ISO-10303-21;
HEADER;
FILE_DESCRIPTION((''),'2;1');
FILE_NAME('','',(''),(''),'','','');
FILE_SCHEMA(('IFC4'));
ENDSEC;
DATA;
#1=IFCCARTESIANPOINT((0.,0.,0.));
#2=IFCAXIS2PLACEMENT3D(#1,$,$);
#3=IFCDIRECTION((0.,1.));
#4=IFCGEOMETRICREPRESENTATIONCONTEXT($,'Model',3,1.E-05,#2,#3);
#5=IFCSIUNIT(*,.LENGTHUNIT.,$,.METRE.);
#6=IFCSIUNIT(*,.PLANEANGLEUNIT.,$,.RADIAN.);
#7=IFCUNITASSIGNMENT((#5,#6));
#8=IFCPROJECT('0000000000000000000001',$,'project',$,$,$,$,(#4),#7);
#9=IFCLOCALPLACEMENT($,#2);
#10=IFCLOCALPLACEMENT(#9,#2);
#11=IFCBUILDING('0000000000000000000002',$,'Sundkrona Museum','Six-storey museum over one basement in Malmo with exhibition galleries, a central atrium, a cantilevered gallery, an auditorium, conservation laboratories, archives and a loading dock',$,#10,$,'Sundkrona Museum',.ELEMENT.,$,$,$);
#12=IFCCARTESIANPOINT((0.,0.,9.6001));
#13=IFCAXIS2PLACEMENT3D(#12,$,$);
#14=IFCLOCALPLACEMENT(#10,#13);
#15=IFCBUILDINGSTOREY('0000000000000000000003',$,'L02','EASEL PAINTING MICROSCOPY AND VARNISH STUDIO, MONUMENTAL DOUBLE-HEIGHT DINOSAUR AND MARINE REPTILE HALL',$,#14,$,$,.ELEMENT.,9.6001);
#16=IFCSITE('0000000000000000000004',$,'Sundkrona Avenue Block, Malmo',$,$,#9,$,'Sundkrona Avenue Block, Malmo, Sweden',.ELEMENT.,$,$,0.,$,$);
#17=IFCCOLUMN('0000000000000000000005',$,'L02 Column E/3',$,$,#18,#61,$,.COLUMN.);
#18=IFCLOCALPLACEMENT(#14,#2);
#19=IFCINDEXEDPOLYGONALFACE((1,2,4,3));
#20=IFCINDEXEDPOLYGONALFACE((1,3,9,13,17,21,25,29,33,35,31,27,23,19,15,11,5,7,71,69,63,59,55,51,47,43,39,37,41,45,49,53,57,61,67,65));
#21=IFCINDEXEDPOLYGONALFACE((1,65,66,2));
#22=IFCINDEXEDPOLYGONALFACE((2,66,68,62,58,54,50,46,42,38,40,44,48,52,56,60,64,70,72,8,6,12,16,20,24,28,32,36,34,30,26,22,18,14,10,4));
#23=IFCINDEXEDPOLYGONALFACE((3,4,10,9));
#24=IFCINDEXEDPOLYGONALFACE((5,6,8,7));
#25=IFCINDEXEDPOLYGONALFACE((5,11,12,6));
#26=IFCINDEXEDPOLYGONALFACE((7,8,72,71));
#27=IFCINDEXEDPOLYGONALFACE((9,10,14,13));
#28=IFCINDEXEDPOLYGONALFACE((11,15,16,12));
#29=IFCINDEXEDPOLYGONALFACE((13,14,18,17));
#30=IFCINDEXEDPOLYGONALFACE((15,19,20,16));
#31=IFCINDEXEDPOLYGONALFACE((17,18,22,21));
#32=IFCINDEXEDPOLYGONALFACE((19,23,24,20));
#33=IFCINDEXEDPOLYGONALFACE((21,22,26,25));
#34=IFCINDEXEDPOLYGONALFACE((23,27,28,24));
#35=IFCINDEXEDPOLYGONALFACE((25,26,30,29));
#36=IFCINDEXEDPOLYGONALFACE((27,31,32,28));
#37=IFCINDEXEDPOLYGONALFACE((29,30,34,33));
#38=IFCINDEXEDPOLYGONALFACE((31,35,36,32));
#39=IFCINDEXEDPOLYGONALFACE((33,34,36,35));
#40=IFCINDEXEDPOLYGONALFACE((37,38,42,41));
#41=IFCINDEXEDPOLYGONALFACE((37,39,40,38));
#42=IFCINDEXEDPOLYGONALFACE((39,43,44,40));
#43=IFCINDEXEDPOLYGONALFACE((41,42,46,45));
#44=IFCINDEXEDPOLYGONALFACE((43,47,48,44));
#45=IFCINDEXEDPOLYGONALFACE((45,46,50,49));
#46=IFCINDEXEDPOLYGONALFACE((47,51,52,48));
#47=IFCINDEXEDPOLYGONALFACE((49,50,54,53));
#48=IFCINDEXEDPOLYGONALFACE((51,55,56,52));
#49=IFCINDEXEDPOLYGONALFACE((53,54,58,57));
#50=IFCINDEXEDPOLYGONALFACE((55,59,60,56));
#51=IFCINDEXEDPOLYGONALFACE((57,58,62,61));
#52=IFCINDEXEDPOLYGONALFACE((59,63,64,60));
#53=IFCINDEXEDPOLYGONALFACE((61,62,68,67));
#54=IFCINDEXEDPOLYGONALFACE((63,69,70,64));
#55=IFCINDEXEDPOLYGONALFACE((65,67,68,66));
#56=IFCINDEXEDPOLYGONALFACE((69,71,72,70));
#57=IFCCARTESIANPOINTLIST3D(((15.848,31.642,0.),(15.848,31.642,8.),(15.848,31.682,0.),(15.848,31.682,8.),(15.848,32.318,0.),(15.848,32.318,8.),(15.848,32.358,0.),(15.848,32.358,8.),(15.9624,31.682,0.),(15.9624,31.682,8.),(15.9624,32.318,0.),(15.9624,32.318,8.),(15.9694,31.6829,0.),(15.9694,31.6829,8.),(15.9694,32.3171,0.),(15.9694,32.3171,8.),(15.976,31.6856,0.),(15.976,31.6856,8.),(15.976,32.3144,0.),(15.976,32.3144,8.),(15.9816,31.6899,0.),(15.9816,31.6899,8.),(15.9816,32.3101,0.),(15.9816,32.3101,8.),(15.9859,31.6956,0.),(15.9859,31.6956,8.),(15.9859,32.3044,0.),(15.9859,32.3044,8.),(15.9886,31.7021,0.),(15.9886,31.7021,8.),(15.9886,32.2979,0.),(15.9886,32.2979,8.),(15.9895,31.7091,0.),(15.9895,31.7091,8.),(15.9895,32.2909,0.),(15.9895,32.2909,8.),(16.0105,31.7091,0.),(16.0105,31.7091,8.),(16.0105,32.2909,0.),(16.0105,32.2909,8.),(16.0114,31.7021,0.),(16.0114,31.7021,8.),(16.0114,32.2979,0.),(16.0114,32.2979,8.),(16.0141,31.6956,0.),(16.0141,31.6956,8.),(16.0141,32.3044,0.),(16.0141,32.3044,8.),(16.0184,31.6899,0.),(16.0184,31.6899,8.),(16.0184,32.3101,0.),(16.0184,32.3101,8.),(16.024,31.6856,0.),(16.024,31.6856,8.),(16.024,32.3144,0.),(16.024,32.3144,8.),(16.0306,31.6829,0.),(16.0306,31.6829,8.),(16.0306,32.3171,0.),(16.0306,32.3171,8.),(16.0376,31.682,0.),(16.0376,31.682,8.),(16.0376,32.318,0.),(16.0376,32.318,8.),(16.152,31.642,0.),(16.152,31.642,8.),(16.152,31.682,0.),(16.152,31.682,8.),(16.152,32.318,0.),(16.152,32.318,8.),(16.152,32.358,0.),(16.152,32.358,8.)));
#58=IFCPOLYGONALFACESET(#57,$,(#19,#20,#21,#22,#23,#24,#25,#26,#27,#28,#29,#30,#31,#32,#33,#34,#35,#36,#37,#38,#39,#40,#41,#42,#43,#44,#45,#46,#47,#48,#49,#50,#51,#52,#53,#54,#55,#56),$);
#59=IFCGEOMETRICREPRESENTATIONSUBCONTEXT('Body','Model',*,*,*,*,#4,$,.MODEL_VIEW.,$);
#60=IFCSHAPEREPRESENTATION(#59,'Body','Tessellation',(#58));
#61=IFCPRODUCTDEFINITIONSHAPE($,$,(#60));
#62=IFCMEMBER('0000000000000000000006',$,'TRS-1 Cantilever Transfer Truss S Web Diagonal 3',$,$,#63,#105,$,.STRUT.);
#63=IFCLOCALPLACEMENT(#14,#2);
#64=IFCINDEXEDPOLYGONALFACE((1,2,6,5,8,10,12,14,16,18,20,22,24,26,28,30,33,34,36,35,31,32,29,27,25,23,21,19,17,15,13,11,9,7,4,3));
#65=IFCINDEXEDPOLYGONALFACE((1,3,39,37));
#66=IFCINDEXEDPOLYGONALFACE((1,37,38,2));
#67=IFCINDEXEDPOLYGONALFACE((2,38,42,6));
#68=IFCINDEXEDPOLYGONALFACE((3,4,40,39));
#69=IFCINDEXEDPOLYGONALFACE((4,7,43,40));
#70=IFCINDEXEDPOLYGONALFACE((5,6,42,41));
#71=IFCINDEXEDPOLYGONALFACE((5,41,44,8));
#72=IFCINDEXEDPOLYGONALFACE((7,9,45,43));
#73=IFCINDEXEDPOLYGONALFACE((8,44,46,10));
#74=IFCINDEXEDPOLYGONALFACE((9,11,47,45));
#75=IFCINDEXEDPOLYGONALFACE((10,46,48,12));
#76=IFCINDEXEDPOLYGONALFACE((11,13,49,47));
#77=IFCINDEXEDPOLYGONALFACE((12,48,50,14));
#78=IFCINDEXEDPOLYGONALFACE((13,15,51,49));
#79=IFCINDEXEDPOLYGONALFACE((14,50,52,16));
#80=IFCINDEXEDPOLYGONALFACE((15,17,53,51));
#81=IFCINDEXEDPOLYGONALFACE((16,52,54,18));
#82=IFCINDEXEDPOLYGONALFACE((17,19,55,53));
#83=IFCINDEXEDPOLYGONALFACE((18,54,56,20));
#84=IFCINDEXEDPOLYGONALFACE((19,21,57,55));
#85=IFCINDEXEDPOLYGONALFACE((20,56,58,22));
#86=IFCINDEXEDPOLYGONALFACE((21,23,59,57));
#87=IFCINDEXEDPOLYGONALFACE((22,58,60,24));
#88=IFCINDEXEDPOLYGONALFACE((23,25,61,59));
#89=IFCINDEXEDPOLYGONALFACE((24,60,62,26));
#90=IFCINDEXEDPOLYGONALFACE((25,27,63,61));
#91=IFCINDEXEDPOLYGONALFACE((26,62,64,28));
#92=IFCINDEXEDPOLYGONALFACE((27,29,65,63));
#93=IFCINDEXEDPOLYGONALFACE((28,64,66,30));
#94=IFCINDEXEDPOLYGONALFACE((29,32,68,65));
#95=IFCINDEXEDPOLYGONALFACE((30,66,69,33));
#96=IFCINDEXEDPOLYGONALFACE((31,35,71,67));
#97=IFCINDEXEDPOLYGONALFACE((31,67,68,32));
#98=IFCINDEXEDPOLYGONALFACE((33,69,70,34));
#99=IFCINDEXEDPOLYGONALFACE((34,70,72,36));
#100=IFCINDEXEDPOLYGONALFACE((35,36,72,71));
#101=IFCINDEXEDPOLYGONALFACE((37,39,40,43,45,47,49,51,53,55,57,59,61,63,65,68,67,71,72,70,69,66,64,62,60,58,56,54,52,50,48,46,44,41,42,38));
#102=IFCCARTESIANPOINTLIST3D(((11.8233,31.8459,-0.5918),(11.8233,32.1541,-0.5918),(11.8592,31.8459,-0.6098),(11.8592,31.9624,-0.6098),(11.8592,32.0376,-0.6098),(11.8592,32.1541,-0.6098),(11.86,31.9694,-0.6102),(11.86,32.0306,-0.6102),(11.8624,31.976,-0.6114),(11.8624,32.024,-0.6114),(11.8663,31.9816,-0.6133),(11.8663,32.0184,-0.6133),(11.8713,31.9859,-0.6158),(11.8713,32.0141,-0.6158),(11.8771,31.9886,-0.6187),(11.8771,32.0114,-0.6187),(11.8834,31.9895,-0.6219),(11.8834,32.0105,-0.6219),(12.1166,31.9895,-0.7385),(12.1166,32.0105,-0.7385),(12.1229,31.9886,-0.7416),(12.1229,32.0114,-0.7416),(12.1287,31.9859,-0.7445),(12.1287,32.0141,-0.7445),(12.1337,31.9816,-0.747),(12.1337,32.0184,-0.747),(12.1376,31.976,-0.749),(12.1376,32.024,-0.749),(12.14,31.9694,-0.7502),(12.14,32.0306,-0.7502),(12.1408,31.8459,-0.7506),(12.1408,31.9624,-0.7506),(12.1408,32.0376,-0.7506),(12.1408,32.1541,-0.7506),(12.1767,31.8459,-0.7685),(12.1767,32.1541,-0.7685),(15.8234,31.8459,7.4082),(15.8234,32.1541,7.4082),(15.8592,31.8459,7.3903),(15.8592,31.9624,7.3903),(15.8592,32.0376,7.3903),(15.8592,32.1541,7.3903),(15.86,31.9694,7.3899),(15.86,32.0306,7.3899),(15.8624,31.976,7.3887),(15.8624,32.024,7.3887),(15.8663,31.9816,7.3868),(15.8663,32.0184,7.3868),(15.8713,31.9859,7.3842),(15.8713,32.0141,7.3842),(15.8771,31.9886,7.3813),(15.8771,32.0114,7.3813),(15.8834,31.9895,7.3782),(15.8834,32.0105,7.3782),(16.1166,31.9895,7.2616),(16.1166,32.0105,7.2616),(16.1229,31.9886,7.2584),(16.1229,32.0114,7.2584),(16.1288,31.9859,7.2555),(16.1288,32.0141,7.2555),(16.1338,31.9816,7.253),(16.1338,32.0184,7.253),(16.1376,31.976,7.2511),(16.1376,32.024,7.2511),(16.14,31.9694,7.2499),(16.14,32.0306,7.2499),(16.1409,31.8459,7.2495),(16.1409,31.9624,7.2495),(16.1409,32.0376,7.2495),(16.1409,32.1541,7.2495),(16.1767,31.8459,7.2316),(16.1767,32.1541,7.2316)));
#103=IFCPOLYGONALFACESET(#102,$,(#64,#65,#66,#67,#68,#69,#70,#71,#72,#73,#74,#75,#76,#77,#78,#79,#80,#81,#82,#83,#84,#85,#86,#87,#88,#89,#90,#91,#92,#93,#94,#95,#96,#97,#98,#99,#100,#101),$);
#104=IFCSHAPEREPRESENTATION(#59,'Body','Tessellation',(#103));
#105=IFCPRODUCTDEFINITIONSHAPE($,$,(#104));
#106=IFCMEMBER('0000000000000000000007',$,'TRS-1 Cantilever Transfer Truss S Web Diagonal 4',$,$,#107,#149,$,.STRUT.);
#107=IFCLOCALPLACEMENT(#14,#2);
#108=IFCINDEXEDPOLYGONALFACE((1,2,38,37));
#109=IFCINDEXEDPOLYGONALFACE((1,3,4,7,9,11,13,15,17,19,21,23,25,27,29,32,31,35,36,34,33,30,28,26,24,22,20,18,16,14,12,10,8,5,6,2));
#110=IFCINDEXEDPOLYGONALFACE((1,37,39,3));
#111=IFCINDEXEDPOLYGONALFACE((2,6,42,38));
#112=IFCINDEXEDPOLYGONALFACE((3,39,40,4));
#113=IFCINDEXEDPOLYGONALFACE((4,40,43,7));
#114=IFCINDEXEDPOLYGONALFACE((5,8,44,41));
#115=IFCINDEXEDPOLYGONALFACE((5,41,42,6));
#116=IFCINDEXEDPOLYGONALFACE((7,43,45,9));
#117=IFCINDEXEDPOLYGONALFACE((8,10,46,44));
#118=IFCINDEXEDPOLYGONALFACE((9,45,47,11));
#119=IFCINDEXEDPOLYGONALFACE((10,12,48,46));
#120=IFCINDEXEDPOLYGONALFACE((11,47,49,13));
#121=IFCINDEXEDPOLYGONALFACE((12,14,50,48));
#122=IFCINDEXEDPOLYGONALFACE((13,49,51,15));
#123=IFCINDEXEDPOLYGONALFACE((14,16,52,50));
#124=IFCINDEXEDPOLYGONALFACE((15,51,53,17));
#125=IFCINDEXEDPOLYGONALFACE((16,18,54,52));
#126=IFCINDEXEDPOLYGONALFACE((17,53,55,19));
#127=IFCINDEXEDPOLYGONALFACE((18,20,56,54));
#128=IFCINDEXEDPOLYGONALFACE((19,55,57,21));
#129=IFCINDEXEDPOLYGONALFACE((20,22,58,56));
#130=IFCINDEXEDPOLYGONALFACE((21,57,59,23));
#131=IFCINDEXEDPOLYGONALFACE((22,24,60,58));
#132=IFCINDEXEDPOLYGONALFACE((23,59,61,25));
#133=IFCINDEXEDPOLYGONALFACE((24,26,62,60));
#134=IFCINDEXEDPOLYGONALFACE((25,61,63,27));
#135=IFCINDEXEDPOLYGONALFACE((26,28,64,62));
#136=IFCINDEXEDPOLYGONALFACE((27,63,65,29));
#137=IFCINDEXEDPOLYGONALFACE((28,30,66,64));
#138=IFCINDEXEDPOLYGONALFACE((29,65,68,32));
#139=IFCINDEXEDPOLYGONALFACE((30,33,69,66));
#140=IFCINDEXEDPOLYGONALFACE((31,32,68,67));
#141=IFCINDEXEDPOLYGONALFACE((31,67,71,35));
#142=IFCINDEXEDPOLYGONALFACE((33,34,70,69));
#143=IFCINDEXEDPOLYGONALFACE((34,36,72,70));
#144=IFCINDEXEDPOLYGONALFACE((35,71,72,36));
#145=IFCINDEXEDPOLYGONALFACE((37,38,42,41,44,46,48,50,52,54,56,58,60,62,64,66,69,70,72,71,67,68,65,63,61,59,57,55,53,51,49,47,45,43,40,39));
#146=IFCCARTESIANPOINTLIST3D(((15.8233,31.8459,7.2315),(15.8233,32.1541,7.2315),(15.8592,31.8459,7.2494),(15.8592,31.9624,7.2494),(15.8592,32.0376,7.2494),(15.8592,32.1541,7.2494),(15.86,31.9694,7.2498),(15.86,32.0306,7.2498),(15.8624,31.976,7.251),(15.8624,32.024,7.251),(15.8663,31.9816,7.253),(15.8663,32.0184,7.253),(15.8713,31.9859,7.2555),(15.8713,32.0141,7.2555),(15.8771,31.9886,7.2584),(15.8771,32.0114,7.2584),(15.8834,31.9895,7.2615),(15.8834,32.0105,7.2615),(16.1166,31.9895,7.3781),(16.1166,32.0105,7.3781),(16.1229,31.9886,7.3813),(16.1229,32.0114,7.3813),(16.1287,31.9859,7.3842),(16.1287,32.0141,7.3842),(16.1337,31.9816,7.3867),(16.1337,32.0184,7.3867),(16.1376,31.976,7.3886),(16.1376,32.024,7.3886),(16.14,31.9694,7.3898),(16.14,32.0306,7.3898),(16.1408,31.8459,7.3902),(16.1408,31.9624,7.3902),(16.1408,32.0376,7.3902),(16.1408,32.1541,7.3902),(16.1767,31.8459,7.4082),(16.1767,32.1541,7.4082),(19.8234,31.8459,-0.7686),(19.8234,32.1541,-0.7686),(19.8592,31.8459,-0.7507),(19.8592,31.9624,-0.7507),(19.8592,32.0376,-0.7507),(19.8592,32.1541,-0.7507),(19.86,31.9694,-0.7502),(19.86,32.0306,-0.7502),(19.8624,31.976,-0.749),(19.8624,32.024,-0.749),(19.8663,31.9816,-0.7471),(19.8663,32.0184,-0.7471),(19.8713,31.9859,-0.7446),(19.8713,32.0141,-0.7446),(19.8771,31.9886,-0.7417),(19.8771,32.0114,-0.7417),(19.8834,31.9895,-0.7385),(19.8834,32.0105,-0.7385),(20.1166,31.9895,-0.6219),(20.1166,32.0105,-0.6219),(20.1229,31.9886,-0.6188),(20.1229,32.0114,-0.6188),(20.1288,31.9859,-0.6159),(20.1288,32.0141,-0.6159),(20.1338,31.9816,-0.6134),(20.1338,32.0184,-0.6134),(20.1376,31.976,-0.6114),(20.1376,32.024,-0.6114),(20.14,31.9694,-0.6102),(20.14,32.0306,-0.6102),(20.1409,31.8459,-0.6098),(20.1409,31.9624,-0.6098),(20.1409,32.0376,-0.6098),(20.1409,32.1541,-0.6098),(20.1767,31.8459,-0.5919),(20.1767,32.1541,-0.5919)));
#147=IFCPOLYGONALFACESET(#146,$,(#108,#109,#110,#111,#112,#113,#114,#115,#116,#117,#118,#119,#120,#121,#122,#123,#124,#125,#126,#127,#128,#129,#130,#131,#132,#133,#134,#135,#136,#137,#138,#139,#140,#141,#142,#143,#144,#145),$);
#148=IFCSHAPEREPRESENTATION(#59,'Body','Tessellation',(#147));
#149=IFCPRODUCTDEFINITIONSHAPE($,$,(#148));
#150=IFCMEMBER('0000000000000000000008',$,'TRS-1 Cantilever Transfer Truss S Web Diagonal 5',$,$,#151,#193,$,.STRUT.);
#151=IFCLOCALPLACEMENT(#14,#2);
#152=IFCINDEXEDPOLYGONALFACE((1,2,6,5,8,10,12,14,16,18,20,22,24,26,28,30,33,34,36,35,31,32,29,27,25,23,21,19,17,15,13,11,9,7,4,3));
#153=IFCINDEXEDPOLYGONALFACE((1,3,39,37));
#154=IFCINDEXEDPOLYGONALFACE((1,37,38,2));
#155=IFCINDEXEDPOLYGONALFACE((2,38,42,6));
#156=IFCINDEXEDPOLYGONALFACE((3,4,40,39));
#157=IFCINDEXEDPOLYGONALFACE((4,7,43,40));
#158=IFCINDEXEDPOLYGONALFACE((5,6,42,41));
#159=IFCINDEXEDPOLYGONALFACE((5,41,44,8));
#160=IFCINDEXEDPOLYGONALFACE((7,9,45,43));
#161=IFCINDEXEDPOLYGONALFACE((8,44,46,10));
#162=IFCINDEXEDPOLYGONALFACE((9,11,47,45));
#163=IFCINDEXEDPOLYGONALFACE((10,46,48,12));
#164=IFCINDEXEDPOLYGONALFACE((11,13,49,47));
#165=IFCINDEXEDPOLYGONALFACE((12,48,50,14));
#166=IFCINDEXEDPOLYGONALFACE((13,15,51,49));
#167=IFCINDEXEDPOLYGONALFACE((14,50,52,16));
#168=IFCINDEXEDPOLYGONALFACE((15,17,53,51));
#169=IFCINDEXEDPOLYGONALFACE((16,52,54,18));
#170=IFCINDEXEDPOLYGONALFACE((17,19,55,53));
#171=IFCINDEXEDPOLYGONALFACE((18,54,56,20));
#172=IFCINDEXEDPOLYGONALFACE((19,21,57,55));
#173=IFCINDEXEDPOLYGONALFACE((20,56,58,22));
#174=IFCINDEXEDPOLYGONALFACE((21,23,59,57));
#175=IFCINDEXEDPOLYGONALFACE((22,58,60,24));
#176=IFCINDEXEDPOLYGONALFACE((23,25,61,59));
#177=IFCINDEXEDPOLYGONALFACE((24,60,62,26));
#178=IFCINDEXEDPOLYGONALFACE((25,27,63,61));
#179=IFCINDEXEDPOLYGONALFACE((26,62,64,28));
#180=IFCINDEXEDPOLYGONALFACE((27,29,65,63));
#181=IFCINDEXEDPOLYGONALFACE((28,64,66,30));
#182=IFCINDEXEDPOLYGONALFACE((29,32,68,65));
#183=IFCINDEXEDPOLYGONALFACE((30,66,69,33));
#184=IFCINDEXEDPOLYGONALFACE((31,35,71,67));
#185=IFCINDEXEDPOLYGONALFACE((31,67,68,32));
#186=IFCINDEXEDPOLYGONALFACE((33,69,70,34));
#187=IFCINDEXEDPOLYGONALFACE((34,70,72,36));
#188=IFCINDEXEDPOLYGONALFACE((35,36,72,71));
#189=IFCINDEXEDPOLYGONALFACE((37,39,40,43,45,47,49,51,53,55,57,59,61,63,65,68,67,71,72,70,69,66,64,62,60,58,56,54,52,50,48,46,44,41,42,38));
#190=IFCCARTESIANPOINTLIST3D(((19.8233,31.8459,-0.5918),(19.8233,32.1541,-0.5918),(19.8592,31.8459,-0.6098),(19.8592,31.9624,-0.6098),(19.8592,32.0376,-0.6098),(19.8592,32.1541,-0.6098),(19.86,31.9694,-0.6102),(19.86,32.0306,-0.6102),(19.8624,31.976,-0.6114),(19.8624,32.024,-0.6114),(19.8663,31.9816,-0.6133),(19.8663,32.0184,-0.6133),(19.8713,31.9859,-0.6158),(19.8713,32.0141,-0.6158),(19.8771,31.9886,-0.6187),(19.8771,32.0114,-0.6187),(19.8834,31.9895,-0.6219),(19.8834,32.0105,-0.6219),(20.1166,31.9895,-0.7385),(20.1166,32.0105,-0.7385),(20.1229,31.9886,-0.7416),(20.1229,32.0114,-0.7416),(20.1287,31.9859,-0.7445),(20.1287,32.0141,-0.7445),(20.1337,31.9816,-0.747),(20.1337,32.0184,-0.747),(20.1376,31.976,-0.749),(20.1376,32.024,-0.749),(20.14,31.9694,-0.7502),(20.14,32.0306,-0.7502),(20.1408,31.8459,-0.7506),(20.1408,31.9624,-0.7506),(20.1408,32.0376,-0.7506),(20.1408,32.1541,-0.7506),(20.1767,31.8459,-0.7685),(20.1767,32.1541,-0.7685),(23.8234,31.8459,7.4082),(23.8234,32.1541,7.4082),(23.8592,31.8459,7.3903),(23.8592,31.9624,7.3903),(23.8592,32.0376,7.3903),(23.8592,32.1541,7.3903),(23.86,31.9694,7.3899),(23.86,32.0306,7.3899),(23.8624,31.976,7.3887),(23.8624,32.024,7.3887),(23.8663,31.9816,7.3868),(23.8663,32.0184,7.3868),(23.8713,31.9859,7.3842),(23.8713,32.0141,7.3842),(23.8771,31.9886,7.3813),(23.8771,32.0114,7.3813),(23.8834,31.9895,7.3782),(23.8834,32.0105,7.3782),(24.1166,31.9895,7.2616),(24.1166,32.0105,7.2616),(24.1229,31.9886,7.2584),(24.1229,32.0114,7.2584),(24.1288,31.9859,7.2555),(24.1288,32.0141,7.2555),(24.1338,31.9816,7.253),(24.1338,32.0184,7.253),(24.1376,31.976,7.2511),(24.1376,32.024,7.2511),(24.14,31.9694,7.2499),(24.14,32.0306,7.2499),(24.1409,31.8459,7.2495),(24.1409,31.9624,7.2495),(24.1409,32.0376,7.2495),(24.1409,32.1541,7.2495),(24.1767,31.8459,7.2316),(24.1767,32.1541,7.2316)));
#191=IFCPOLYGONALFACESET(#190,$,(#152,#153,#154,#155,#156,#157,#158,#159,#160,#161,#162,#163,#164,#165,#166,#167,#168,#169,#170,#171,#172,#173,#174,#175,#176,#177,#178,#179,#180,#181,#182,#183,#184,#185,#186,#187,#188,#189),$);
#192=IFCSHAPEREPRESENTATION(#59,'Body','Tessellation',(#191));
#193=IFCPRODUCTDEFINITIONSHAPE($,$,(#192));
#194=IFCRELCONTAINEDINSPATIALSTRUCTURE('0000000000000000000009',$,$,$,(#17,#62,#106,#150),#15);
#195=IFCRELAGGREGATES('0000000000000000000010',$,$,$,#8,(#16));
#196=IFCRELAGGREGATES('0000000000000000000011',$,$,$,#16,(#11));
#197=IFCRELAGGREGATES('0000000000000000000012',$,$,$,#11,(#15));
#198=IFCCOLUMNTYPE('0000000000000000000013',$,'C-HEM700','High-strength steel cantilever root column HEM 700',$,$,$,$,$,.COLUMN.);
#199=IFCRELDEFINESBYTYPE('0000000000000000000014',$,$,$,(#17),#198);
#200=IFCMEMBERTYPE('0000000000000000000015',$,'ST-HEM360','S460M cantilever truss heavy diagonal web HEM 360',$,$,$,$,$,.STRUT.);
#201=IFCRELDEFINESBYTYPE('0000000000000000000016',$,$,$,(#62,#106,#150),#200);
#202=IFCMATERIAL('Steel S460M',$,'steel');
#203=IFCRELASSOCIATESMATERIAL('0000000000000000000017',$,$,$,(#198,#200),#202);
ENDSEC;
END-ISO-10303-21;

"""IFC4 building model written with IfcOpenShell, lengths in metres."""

from ifc_helpers import new_model, si_unit, direction, frame, origin, origin_2d, place, context, subcontext, project, spatial, i_section, extrude, material, material_profile, profile_set, type_object, element, save


model = new_model("IFC4")

# Units and contexts
model_context = context("Model", 3, precision=1e-05, world=origin(), true_north=direction((0.0, 1.0)))
body_context = subcontext(model_context, "Body", "Model", "MODEL_VIEW")
ifc_project = project(units=[si_unit("LENGTHUNIT", "METRE"), si_unit("PLANEANGLEUNIT", "RADIAN")], contexts=[model_context])

# Site, building, storey
site_placement = place(None, origin())
site = spatial("IfcSite", under=ifc_project, at=site_placement, Name="Sundkrona Avenue Block, Malmo", LongName="Sundkrona Avenue Block, Malmo, Sweden", CompositionType="ELEMENT", RefElevation=0.0)
building_placement = place(site_placement, origin())
building = spatial("IfcBuilding", under=site, at=building_placement, Name="Sundkrona Museum", Description="Six-storey museum over one basement in Malmo with exhibition galleries, a central atrium, a cantilevered gallery, an auditorium, conservation laboratories, archives and a loading dock", LongName="Sundkrona Museum", CompositionType="ELEMENT")
storey_placement = place(building_placement, frame((0.0, 0.0, 9.6001)))
storey = spatial("IfcBuildingStorey", under=building, at=storey_placement, Name="L02", Description="EASEL PAINTING MICROSCOPY AND VARNISH STUDIO, MONUMENTAL DOUBLE-HEIGHT DINOSAUR AND MARINE REPTILE HALL", CompositionType="ELEMENT", Elevation=9.6001)

# Column
ifc_material_1 = material(Name="Steel S460M", Category="steel")
ifc_material_profile_1 = material_profile(ifc_material_1, i_section(OverallWidth=0.304, OverallDepth=0.7161, WebThickness=0.021, FlangeThickness=0.04, FilletRadius=0.0271, at=origin_2d()), Name="HEM 700")
ifc_profile_set_1 = profile_set([ifc_material_profile_1], Name="Steel S460M")
column_type = type_object("IfcColumnType", Name="C-HEM700", Description="High-strength steel cantilever root column HEM 700", PredefinedType="COLUMN", material=ifc_profile_set_1)
column_placement = place(storey_placement, frame((16.0, 32.0, 0.0), z_axis=(0.0, 0.0, 1.0), x_axis=(1.0, 0.0, 0.0)))
element("IfcColumn", 1, at=column_placement, inside=storey, type_object=column_type, Name="L02 Column E/3", PredefinedType="COLUMN", context=body_context, shape_type="SweptSolid", body=[
    extrude(i_section(OverallWidth=0.304, OverallDepth=0.7161, WebThickness=0.021, FlangeThickness=0.04, FilletRadius=0.0271, at=origin_2d()), origin(), (0.0, 0.0, 1.0), 8.0),
])

# Members
ifc_material_profile_2 = material_profile(ifc_material_1, i_section(OverallWidth=0.3081, OverallDepth=0.395, WebThickness=0.021, FlangeThickness=0.04, FilletRadius=0.0271, at=origin_2d()), Name="HEM 360")
ifc_profile_set_2 = profile_set([ifc_material_profile_2], Name="Steel S460M")
member_type_1 = type_object("IfcMemberType", Name="ST-HEM360", Description="S460M cantilever truss heavy diagonal web HEM 360", PredefinedType="STRUT", material=ifc_profile_set_2)
for number, where, z_axis, x_axis, name in (
    (2, (12.0, 32.0, -0.6802), (0.447214, 0.0, 0.894427), (0.0, 1.0, 0.0), "TRS-1 Cantilever Transfer Truss S Web Diagonal 3"),
    (3, (16.0, 32.0, 7.3198), (0.447214, 0.0, -0.894427), (0.0, 1.0, 0.0), "TRS-1 Cantilever Transfer Truss S Web Diagonal 4"),
    (4, (20.0, 32.0, -0.6802), (0.447214, 0.0, 0.894427), (0.0, 1.0, 0.0), "TRS-1 Cantilever Transfer Truss S Web Diagonal 5"),
):
    element("IfcMember", number, at=place(storey_placement, frame(where, z_axis=z_axis, x_axis=x_axis)), inside=storey, type_object=member_type_1, Name=name, PredefinedType="STRUT", context=body_context, shape_type="SweptSolid", body=[
        extrude(i_section(OverallWidth=0.3081, OverallDepth=0.395, WebThickness=0.021, FlangeThickness=0.04, FilletRadius=0.0271, at=origin_2d()), origin(), (0.0, 0.0, 1.0), 8.9443),
    ])

save(model, "model.ifc")
